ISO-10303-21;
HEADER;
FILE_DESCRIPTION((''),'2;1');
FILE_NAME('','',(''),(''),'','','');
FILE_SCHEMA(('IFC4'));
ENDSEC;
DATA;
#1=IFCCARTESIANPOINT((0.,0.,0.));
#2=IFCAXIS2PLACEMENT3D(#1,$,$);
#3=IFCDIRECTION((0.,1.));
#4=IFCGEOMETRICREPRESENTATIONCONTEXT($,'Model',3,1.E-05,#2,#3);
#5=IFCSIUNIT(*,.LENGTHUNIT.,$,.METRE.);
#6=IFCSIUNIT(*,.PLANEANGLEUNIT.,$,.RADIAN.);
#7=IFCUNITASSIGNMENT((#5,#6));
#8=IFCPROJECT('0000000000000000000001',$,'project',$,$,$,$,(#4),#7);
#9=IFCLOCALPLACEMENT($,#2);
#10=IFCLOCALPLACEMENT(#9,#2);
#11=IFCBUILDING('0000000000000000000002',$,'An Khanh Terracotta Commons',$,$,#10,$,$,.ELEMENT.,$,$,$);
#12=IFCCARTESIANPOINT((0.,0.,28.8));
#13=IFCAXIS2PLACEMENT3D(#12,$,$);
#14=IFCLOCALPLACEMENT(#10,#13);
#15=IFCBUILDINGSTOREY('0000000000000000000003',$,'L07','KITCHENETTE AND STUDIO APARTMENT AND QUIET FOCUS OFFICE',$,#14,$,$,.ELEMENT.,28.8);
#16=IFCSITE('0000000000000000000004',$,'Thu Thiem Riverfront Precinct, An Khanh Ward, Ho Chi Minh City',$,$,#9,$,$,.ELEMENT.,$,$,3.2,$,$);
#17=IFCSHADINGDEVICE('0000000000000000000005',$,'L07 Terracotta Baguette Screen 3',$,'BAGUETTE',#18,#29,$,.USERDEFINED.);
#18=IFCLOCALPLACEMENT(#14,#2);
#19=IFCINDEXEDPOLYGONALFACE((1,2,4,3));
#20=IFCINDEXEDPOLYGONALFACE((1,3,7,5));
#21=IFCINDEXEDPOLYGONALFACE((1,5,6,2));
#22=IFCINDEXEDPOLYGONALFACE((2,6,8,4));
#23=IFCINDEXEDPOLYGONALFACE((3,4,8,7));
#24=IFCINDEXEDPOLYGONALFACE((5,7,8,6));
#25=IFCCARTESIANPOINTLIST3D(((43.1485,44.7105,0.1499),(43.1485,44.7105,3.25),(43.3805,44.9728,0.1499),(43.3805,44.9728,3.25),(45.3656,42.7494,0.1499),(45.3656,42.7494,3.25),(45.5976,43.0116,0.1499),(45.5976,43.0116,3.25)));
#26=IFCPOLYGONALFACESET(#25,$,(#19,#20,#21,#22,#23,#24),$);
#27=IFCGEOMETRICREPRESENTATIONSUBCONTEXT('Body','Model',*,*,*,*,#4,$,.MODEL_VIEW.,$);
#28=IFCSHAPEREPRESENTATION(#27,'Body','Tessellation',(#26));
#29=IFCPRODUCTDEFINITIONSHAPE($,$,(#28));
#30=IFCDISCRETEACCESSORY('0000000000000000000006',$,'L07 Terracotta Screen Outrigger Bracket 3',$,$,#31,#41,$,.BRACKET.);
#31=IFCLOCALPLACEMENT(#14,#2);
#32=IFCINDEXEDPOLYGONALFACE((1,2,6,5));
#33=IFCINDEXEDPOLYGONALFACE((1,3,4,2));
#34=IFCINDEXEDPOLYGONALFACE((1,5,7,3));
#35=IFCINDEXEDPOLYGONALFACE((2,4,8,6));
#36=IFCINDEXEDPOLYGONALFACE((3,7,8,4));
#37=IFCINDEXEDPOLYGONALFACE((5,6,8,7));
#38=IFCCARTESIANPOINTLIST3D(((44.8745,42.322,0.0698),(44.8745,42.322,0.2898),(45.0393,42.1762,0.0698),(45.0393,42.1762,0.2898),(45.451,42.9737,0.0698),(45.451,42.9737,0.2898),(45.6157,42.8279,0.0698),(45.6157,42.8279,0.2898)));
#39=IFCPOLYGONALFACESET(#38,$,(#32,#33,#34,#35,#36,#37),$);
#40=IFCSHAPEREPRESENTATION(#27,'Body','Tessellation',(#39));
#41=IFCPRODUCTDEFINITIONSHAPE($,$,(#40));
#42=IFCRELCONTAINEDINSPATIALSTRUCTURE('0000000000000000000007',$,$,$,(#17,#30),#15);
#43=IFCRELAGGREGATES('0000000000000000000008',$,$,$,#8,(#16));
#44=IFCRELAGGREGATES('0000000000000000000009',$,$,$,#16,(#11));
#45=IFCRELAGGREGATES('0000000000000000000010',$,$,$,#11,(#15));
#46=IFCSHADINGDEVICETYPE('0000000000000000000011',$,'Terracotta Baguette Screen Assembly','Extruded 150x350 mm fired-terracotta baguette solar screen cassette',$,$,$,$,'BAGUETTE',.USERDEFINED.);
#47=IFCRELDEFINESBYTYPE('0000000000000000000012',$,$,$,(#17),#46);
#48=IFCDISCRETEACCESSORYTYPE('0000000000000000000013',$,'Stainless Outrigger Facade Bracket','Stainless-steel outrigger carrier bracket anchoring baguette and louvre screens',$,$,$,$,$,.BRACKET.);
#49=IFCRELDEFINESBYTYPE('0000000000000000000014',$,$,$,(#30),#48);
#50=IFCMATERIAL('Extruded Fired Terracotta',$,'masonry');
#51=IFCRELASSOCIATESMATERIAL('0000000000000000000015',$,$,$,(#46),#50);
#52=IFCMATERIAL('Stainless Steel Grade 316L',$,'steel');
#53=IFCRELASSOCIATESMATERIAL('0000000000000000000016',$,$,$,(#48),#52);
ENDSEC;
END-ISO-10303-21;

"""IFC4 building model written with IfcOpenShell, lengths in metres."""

from ifc_helpers import new_model, si_unit, direction, frame, origin, origin_2d, place, context, subcontext, project, spatial, rectangle, extrude, material, type_object, element, save


model = new_model("IFC4")

# Units and contexts
model_context = context("Model", 3, precision=1e-05, world=origin(), true_north=direction((0.0, 1.0)))
body_context = subcontext(model_context, "Body", "Model", "MODEL_VIEW")
ifc_project = project(units=[si_unit("LENGTHUNIT", "METRE"), si_unit("PLANEANGLEUNIT", "RADIAN")], contexts=[model_context])

# Site, building, storey
site_placement = place(None, origin())
site = spatial("IfcSite", under=ifc_project, at=site_placement, Name="Thu Thiem Riverfront Precinct, An Khanh Ward, Ho Chi Minh City", CompositionType="ELEMENT", RefElevation=3.2)
building_placement = place(site_placement, origin())
building = spatial("IfcBuilding", under=site, at=building_placement, Name="An Khanh Terracotta Commons", CompositionType="ELEMENT")
storey_placement = place(building_placement, frame((0.0, 0.0, 28.8)))
storey = spatial("IfcBuildingStorey", under=building, at=storey_placement, Name="L07", Description="KITCHENETTE AND STUDIO APARTMENT AND QUIET FOCUS OFFICE", CompositionType="ELEMENT", Elevation=28.8)

# Shading device
ifc_material_1 = material(Name="Extruded Fired Terracotta", Category="masonry")
shading_device_type = type_object("IfcShadingDeviceType", Name="Terracotta Baguette Screen Assembly", Description="Extruded 150x350 mm fired-terracotta baguette solar screen cassette", ElementType="BAGUETTE", PredefinedType="USERDEFINED", material=ifc_material_1)
shading_device_placement = place(storey_placement, frame((44.373, 43.8611, 0.1499), z_axis=(0.0, 0.0, 1.0), x_axis=(-0.749019, 0.662548, 0.0)))
element("IfcShadingDevice", 1, at=shading_device_placement, inside=storey, type_object=shading_device_type, Name="L07 Terracotta Baguette Screen 3", ObjectType="BAGUETTE", PredefinedType="USERDEFINED", context=body_context, shape_type="SweptSolid", body=[
    extrude(rectangle(XDim=2.96, YDim=0.3501, at=origin_2d()), origin(), (0.0, 0.0, 1.0), 3.1001),
])

# Discrete accessory
ifc_material_2 = material(Name="Stainless Steel Grade 316L", Category="steel")
discrete_accessory_type = type_object("IfcDiscreteAccessoryType", Name="Stainless Outrigger Facade Bracket", Description="Stainless-steel outrigger carrier bracket anchoring baguette and louvre screens", PredefinedType="BRACKET", material=ifc_material_2)
discrete_accessory_placement = place(storey_placement, frame((45.2451, 42.575, 0.0698), z_axis=(0.0, 0.0, 1.0), x_axis=(-0.749019, 0.662548, 0.0)))
element("IfcDiscreteAccessory", 2, at=discrete_accessory_placement, inside=storey, type_object=discrete_accessory_type, Name="L07 Terracotta Screen Outrigger Bracket 3", PredefinedType="BRACKET", context=body_context, shape_type="SweptSolid", body=[
    extrude(rectangle(XDim=0.22, YDim=0.8701, at=origin_2d()), origin(), (0.0, 0.0, 1.0), 0.22),
])

save(model, "model.ifc")
